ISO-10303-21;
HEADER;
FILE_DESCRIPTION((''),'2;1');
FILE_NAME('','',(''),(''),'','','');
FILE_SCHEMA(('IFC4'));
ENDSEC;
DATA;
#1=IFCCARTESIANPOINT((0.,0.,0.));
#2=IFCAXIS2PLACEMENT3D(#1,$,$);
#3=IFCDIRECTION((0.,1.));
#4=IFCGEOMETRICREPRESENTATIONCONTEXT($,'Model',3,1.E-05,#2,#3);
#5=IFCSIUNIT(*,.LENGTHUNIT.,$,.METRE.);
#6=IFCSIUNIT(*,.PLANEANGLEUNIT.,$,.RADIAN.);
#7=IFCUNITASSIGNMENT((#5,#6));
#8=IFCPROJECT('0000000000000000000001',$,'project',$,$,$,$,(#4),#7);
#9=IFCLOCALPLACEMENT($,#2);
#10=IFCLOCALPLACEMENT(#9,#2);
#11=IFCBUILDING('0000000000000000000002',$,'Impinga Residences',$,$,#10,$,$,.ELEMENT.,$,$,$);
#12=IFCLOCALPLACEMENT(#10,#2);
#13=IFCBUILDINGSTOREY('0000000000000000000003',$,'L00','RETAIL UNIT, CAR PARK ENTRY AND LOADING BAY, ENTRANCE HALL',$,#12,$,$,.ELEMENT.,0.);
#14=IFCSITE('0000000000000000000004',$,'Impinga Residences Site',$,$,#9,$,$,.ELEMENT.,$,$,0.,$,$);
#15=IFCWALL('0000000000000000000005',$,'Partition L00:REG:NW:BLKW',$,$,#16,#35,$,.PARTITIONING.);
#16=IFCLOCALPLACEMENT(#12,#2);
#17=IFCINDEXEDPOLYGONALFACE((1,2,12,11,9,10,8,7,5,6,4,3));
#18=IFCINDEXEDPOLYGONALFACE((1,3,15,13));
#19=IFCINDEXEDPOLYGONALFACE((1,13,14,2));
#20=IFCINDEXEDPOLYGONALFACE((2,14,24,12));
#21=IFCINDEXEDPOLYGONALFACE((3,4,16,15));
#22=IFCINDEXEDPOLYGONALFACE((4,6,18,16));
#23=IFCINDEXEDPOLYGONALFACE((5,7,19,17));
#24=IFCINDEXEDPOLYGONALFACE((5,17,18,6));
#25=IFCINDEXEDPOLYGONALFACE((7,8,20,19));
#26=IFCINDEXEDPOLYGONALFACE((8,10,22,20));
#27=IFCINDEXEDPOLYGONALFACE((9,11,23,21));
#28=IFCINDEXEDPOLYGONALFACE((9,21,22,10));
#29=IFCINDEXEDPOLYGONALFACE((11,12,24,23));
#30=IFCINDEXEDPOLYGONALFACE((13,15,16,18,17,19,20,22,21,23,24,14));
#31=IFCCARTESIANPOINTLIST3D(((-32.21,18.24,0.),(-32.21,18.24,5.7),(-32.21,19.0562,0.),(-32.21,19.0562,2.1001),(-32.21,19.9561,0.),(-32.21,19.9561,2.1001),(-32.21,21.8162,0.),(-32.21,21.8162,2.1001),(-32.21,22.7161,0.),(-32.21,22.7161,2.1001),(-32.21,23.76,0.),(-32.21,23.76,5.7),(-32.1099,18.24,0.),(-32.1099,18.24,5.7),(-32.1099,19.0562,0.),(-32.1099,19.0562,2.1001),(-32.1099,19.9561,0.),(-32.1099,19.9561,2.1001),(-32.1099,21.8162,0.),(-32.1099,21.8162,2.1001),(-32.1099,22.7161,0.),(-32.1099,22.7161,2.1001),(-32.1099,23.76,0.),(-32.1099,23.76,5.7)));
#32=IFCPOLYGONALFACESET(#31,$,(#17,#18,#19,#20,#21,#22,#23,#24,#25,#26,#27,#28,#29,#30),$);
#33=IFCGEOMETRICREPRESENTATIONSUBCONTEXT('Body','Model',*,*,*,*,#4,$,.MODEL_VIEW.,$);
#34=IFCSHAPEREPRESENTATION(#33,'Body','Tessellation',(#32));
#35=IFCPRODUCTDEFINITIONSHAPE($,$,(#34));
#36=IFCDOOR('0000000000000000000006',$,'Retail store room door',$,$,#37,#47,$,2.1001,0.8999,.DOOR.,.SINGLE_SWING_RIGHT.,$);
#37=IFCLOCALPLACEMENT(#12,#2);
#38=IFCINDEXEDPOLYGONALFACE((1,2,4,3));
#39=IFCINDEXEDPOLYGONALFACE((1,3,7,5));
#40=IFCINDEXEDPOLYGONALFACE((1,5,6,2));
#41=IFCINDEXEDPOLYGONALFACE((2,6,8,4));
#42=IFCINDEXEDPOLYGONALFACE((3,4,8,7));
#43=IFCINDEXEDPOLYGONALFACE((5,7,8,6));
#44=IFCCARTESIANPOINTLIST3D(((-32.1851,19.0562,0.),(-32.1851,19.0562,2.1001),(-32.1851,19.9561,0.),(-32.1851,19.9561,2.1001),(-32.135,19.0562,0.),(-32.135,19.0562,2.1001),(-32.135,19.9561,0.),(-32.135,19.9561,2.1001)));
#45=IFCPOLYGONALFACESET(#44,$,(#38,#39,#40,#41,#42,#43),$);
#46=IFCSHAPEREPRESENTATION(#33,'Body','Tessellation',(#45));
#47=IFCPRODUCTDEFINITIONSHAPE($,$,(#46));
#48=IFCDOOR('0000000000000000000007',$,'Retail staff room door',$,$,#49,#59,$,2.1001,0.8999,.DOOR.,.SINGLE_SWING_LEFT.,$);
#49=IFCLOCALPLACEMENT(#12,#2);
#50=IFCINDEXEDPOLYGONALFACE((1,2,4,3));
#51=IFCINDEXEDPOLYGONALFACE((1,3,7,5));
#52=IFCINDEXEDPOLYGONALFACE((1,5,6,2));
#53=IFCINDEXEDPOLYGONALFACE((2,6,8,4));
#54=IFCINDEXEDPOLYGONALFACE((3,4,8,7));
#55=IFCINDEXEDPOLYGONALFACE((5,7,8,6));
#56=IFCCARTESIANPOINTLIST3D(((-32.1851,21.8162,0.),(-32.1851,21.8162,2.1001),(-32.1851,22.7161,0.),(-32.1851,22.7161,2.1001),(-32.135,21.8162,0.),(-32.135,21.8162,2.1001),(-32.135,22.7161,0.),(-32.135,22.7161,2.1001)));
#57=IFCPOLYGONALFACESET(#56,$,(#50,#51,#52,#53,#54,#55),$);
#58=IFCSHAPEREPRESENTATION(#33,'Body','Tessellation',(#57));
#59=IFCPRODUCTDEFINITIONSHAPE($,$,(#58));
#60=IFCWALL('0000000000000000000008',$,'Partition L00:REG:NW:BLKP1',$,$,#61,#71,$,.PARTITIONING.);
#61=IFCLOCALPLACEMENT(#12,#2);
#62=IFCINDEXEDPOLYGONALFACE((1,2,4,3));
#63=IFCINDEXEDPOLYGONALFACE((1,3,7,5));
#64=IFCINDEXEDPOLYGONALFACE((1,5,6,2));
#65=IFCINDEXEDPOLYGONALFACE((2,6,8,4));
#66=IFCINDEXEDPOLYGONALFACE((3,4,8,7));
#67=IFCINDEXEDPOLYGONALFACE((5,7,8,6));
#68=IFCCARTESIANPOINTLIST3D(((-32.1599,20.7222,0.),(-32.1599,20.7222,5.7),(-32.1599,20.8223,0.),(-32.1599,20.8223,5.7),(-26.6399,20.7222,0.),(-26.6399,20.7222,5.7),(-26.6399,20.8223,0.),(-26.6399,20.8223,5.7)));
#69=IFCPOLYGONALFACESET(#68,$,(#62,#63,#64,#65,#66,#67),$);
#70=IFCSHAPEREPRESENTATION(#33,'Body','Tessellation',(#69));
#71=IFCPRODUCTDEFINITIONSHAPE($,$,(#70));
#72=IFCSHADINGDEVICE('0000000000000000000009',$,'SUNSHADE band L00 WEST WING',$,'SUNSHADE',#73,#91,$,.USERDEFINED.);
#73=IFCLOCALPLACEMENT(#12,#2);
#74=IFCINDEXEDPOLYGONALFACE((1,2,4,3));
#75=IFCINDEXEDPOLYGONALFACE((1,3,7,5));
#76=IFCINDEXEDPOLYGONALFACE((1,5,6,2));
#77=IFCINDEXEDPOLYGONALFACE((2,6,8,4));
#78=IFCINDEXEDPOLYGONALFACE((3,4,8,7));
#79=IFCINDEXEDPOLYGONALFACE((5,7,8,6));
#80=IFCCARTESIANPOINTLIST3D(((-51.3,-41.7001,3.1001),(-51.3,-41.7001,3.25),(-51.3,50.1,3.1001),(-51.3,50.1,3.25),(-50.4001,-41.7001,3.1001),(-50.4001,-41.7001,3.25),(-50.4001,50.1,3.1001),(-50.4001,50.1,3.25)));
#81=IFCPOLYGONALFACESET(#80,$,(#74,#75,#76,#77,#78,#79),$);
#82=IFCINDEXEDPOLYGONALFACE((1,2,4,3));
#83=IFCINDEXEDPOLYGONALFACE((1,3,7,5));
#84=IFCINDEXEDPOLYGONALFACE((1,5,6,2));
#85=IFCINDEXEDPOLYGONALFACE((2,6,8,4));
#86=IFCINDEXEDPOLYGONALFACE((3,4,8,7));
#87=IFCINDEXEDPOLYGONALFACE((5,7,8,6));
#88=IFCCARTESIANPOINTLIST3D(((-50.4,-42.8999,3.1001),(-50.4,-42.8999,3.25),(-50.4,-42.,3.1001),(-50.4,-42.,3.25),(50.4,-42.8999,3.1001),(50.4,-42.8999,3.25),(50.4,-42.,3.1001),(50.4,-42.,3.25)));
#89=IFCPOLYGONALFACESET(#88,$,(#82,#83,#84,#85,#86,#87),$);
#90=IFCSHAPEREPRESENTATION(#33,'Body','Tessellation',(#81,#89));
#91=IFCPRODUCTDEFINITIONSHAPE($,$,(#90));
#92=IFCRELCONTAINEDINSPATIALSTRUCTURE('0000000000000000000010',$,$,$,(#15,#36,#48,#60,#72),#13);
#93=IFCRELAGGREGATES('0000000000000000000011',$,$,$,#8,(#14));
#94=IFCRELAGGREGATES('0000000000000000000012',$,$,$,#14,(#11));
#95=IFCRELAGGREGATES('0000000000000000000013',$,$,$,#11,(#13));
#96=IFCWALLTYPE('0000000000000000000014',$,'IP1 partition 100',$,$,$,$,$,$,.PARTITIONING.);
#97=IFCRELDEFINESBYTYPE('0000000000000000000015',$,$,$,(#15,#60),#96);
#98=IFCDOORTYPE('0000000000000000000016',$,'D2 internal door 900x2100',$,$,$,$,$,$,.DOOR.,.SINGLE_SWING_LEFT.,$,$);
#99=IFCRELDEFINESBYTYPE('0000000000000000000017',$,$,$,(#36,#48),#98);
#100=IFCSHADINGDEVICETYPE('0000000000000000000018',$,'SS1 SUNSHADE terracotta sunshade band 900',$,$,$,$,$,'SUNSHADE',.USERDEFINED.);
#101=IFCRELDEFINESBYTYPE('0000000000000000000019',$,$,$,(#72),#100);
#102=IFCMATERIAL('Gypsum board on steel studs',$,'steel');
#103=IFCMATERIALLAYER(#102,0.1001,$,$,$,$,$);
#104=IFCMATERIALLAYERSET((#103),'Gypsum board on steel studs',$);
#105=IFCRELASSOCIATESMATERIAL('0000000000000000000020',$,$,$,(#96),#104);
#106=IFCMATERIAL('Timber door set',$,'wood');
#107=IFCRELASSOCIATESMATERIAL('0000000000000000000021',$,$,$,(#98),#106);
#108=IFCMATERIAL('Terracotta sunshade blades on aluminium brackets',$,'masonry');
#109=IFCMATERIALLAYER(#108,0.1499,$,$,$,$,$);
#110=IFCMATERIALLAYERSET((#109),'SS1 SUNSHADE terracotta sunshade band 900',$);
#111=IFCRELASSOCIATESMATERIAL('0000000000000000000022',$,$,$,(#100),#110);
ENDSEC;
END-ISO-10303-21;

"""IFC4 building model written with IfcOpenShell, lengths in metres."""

from ifc_helpers import new_model, si_unit, direction, frame, frame_2d, origin, origin_2d, place, context, subcontext, project, spatial, rectangle, extrude, material, layer, layer_set, type_object, element, fill, save


model = new_model("IFC4")

# Units and contexts
model_context = context("Model", 3, precision=1e-05, world=origin(), true_north=direction((0.0, 1.0)))
body_context = subcontext(model_context, "Body", "Model", "MODEL_VIEW")
ifc_project = project(units=[si_unit("LENGTHUNIT", "METRE"), si_unit("PLANEANGLEUNIT", "RADIAN")], contexts=[model_context])

# Site, building, storey
site_placement = place(None, origin())
site = spatial("IfcSite", under=ifc_project, at=site_placement, Name="Impinga Residences Site", CompositionType="ELEMENT", RefElevation=0.0)
building_placement = place(site_placement, origin())
building = spatial("IfcBuilding", under=site, at=building_placement, Name="Impinga Residences", CompositionType="ELEMENT")
storey_placement = place(building_placement, origin())
storey = spatial("IfcBuildingStorey", under=building, at=storey_placement, Name="L00", Description="RETAIL UNIT, CAR PARK ENTRY AND LOADING BAY, ENTRANCE HALL", CompositionType="ELEMENT", Elevation=0.0)

# Shared definitions
ifc_material_1 = material(Name="Gypsum board on steel studs", Category="steel")
ifc_layer_1 = layer(ifc_material_1, 0.1001)
ifc_layer_set_1 = layer_set([ifc_layer_1], Name="Gypsum board on steel studs")
wall_type = type_object("IfcWallType", Name="IP1 partition 100", PredefinedType="PARTITIONING", material=ifc_layer_set_1)

# Wall, openings, doors
wall_1_placement = place(storey_placement, frame((-32.1599, 23.76, 0.0), z_axis=(0.0, 0.0, 1.0), x_axis=(0.0, -1.0, 0.0)))
wall_1 = element("IfcWall", 1, at=wall_1_placement, inside=storey, type_object=wall_type, Name="Partition L00:REG:NW:BLKW", PredefinedType="PARTITIONING", context=body_context, shape_type="SweptSolid", body=[
    extrude(rectangle(XDim=5.52, YDim=0.1001, at=frame_2d((2.76, 0.0))), origin(), (0.0, 0.0, 1.0), 5.7),
])
opening_1_placement = place(wall_1_placement, frame((3.804, 0.0, 0.0)))
opening_1 = element("IfcOpeningElement", 2, at=opening_1_placement, cuts=wall_1, PredefinedType="OPENING", context=body_context, shape_type="SweptSolid", body=[
    extrude(rectangle(XDim=0.8999, YDim=2.1001, at=frame_2d((0.45, 1.05))), frame((0.0, 0.0601, 0.0), z_axis=(0.0, -1.0, 0.0), x_axis=(1.0, 0.0, 0.0)), (0.0, 0.0, 1.0), 0.1201),
])
opening_2_placement = place(wall_1_placement, frame((1.0439, 0.0, 0.0)))
opening_2 = element("IfcOpeningElement", 3, at=opening_2_placement, cuts=wall_1, PredefinedType="OPENING", context=body_context, shape_type="SweptSolid", body=[
    extrude(rectangle(XDim=0.8999, YDim=2.1001, at=frame_2d((0.45, 1.05))), frame((0.0, 0.0601, 0.0), z_axis=(0.0, -1.0, 0.0), x_axis=(1.0, 0.0, 0.0)), (0.0, 0.0, 1.0), 0.1201),
])
ifc_material_2 = material(Name="Timber door set", Category="wood")
door_type = type_object("IfcDoorType", Name="D2 internal door 900x2100", OperationType="SINGLE_SWING_LEFT", PredefinedType="DOOR", material=ifc_material_2)
door_1_placement = place(opening_1_placement, origin())
door_1 = element("IfcDoor", 4, at=door_1_placement, inside=storey, type_object=door_type, Name="Retail store room door", OperationType="SINGLE_SWING_RIGHT", OverallHeight=2.1001, OverallWidth=0.8999, PredefinedType="DOOR", context=body_context, shape_type="SweptSolid", body=[
    extrude(rectangle(XDim=0.8999, YDim=2.1001, at=frame_2d((0.45, 1.05))), frame((0.0, 0.0249, 0.0), z_axis=(0.0, -1.0, 0.0), x_axis=(1.0, 0.0, 0.0)), (0.0, 0.0, 1.0), 0.05),
])
fill(opening_1, door_1)
door_2_placement = place(opening_2_placement, origin())
door_2 = element("IfcDoor", 5, at=door_2_placement, inside=storey, type_object=door_type, Name="Retail staff room door", OperationType="SINGLE_SWING_LEFT", OverallHeight=2.1001, OverallWidth=0.8999, PredefinedType="DOOR", context=body_context, shape_type="SweptSolid", body=[
    extrude(rectangle(XDim=0.8999, YDim=2.1001, at=frame_2d((0.45, 1.05))), frame((0.0, 0.0249, 0.0), z_axis=(0.0, -1.0, 0.0), x_axis=(1.0, 0.0, 0.0)), (0.0, 0.0, 1.0), 0.05),
])
fill(opening_2, door_2)

# Wall
wall_2_placement = place(storey_placement, frame((-32.1599, 20.7722, 0.0), z_axis=(0.0, 0.0, 1.0), x_axis=(1.0, 0.0, 0.0)))
element("IfcWall", 6, at=wall_2_placement, inside=storey, type_object=wall_type, Name="Partition L00:REG:NW:BLKP1", PredefinedType="PARTITIONING", context=body_context, shape_type="SweptSolid", body=[
    extrude(rectangle(XDim=5.52, YDim=0.1001, at=frame_2d((2.76, 0.0))), origin(), (0.0, 0.0, 1.0), 5.7),
])

# Shading device
ifc_material_3 = material(Name="Terracotta sunshade blades on aluminium brackets", Category="masonry")
ifc_layer_2 = layer(ifc_material_3, 0.1499)
ifc_layer_set_2 = layer_set([ifc_layer_2], Name="SS1 SUNSHADE terracotta sunshade band 900")
shading_device_type = type_object("IfcShadingDeviceType", Name="SS1 SUNSHADE terracotta sunshade band 900", ElementType="SUNSHADE", PredefinedType="USERDEFINED", material=ifc_layer_set_2)
shading_device_placement = place(storey_placement, frame((-50.8501, 4.2, 3.1001), z_axis=(0.0, 0.0, 1.0), x_axis=(0.0, 1.0, 0.0)))
element("IfcShadingDevice", 7, at=shading_device_placement, inside=storey, type_object=shading_device_type, Name="SUNSHADE band L00 WEST WING", ObjectType="SUNSHADE", PredefinedType="USERDEFINED", context=body_context, shape_type="SweptSolid", body=[
    extrude(rectangle(XDim=91.8, YDim=0.8999, at=origin_2d()), origin(), (0.0, 0.0, 1.0), 0.1499),
    extrude(rectangle(XDim=100.8, YDim=0.8999, at=origin_2d()), frame((-46.6499, -50.8501, 0.0), z_axis=(0.0, 0.0, 1.0), x_axis=(0.0, 1.0, 0.0)), (0.0, 0.0, 1.0), 0.1499),
])

save(model, "model.ifc")
